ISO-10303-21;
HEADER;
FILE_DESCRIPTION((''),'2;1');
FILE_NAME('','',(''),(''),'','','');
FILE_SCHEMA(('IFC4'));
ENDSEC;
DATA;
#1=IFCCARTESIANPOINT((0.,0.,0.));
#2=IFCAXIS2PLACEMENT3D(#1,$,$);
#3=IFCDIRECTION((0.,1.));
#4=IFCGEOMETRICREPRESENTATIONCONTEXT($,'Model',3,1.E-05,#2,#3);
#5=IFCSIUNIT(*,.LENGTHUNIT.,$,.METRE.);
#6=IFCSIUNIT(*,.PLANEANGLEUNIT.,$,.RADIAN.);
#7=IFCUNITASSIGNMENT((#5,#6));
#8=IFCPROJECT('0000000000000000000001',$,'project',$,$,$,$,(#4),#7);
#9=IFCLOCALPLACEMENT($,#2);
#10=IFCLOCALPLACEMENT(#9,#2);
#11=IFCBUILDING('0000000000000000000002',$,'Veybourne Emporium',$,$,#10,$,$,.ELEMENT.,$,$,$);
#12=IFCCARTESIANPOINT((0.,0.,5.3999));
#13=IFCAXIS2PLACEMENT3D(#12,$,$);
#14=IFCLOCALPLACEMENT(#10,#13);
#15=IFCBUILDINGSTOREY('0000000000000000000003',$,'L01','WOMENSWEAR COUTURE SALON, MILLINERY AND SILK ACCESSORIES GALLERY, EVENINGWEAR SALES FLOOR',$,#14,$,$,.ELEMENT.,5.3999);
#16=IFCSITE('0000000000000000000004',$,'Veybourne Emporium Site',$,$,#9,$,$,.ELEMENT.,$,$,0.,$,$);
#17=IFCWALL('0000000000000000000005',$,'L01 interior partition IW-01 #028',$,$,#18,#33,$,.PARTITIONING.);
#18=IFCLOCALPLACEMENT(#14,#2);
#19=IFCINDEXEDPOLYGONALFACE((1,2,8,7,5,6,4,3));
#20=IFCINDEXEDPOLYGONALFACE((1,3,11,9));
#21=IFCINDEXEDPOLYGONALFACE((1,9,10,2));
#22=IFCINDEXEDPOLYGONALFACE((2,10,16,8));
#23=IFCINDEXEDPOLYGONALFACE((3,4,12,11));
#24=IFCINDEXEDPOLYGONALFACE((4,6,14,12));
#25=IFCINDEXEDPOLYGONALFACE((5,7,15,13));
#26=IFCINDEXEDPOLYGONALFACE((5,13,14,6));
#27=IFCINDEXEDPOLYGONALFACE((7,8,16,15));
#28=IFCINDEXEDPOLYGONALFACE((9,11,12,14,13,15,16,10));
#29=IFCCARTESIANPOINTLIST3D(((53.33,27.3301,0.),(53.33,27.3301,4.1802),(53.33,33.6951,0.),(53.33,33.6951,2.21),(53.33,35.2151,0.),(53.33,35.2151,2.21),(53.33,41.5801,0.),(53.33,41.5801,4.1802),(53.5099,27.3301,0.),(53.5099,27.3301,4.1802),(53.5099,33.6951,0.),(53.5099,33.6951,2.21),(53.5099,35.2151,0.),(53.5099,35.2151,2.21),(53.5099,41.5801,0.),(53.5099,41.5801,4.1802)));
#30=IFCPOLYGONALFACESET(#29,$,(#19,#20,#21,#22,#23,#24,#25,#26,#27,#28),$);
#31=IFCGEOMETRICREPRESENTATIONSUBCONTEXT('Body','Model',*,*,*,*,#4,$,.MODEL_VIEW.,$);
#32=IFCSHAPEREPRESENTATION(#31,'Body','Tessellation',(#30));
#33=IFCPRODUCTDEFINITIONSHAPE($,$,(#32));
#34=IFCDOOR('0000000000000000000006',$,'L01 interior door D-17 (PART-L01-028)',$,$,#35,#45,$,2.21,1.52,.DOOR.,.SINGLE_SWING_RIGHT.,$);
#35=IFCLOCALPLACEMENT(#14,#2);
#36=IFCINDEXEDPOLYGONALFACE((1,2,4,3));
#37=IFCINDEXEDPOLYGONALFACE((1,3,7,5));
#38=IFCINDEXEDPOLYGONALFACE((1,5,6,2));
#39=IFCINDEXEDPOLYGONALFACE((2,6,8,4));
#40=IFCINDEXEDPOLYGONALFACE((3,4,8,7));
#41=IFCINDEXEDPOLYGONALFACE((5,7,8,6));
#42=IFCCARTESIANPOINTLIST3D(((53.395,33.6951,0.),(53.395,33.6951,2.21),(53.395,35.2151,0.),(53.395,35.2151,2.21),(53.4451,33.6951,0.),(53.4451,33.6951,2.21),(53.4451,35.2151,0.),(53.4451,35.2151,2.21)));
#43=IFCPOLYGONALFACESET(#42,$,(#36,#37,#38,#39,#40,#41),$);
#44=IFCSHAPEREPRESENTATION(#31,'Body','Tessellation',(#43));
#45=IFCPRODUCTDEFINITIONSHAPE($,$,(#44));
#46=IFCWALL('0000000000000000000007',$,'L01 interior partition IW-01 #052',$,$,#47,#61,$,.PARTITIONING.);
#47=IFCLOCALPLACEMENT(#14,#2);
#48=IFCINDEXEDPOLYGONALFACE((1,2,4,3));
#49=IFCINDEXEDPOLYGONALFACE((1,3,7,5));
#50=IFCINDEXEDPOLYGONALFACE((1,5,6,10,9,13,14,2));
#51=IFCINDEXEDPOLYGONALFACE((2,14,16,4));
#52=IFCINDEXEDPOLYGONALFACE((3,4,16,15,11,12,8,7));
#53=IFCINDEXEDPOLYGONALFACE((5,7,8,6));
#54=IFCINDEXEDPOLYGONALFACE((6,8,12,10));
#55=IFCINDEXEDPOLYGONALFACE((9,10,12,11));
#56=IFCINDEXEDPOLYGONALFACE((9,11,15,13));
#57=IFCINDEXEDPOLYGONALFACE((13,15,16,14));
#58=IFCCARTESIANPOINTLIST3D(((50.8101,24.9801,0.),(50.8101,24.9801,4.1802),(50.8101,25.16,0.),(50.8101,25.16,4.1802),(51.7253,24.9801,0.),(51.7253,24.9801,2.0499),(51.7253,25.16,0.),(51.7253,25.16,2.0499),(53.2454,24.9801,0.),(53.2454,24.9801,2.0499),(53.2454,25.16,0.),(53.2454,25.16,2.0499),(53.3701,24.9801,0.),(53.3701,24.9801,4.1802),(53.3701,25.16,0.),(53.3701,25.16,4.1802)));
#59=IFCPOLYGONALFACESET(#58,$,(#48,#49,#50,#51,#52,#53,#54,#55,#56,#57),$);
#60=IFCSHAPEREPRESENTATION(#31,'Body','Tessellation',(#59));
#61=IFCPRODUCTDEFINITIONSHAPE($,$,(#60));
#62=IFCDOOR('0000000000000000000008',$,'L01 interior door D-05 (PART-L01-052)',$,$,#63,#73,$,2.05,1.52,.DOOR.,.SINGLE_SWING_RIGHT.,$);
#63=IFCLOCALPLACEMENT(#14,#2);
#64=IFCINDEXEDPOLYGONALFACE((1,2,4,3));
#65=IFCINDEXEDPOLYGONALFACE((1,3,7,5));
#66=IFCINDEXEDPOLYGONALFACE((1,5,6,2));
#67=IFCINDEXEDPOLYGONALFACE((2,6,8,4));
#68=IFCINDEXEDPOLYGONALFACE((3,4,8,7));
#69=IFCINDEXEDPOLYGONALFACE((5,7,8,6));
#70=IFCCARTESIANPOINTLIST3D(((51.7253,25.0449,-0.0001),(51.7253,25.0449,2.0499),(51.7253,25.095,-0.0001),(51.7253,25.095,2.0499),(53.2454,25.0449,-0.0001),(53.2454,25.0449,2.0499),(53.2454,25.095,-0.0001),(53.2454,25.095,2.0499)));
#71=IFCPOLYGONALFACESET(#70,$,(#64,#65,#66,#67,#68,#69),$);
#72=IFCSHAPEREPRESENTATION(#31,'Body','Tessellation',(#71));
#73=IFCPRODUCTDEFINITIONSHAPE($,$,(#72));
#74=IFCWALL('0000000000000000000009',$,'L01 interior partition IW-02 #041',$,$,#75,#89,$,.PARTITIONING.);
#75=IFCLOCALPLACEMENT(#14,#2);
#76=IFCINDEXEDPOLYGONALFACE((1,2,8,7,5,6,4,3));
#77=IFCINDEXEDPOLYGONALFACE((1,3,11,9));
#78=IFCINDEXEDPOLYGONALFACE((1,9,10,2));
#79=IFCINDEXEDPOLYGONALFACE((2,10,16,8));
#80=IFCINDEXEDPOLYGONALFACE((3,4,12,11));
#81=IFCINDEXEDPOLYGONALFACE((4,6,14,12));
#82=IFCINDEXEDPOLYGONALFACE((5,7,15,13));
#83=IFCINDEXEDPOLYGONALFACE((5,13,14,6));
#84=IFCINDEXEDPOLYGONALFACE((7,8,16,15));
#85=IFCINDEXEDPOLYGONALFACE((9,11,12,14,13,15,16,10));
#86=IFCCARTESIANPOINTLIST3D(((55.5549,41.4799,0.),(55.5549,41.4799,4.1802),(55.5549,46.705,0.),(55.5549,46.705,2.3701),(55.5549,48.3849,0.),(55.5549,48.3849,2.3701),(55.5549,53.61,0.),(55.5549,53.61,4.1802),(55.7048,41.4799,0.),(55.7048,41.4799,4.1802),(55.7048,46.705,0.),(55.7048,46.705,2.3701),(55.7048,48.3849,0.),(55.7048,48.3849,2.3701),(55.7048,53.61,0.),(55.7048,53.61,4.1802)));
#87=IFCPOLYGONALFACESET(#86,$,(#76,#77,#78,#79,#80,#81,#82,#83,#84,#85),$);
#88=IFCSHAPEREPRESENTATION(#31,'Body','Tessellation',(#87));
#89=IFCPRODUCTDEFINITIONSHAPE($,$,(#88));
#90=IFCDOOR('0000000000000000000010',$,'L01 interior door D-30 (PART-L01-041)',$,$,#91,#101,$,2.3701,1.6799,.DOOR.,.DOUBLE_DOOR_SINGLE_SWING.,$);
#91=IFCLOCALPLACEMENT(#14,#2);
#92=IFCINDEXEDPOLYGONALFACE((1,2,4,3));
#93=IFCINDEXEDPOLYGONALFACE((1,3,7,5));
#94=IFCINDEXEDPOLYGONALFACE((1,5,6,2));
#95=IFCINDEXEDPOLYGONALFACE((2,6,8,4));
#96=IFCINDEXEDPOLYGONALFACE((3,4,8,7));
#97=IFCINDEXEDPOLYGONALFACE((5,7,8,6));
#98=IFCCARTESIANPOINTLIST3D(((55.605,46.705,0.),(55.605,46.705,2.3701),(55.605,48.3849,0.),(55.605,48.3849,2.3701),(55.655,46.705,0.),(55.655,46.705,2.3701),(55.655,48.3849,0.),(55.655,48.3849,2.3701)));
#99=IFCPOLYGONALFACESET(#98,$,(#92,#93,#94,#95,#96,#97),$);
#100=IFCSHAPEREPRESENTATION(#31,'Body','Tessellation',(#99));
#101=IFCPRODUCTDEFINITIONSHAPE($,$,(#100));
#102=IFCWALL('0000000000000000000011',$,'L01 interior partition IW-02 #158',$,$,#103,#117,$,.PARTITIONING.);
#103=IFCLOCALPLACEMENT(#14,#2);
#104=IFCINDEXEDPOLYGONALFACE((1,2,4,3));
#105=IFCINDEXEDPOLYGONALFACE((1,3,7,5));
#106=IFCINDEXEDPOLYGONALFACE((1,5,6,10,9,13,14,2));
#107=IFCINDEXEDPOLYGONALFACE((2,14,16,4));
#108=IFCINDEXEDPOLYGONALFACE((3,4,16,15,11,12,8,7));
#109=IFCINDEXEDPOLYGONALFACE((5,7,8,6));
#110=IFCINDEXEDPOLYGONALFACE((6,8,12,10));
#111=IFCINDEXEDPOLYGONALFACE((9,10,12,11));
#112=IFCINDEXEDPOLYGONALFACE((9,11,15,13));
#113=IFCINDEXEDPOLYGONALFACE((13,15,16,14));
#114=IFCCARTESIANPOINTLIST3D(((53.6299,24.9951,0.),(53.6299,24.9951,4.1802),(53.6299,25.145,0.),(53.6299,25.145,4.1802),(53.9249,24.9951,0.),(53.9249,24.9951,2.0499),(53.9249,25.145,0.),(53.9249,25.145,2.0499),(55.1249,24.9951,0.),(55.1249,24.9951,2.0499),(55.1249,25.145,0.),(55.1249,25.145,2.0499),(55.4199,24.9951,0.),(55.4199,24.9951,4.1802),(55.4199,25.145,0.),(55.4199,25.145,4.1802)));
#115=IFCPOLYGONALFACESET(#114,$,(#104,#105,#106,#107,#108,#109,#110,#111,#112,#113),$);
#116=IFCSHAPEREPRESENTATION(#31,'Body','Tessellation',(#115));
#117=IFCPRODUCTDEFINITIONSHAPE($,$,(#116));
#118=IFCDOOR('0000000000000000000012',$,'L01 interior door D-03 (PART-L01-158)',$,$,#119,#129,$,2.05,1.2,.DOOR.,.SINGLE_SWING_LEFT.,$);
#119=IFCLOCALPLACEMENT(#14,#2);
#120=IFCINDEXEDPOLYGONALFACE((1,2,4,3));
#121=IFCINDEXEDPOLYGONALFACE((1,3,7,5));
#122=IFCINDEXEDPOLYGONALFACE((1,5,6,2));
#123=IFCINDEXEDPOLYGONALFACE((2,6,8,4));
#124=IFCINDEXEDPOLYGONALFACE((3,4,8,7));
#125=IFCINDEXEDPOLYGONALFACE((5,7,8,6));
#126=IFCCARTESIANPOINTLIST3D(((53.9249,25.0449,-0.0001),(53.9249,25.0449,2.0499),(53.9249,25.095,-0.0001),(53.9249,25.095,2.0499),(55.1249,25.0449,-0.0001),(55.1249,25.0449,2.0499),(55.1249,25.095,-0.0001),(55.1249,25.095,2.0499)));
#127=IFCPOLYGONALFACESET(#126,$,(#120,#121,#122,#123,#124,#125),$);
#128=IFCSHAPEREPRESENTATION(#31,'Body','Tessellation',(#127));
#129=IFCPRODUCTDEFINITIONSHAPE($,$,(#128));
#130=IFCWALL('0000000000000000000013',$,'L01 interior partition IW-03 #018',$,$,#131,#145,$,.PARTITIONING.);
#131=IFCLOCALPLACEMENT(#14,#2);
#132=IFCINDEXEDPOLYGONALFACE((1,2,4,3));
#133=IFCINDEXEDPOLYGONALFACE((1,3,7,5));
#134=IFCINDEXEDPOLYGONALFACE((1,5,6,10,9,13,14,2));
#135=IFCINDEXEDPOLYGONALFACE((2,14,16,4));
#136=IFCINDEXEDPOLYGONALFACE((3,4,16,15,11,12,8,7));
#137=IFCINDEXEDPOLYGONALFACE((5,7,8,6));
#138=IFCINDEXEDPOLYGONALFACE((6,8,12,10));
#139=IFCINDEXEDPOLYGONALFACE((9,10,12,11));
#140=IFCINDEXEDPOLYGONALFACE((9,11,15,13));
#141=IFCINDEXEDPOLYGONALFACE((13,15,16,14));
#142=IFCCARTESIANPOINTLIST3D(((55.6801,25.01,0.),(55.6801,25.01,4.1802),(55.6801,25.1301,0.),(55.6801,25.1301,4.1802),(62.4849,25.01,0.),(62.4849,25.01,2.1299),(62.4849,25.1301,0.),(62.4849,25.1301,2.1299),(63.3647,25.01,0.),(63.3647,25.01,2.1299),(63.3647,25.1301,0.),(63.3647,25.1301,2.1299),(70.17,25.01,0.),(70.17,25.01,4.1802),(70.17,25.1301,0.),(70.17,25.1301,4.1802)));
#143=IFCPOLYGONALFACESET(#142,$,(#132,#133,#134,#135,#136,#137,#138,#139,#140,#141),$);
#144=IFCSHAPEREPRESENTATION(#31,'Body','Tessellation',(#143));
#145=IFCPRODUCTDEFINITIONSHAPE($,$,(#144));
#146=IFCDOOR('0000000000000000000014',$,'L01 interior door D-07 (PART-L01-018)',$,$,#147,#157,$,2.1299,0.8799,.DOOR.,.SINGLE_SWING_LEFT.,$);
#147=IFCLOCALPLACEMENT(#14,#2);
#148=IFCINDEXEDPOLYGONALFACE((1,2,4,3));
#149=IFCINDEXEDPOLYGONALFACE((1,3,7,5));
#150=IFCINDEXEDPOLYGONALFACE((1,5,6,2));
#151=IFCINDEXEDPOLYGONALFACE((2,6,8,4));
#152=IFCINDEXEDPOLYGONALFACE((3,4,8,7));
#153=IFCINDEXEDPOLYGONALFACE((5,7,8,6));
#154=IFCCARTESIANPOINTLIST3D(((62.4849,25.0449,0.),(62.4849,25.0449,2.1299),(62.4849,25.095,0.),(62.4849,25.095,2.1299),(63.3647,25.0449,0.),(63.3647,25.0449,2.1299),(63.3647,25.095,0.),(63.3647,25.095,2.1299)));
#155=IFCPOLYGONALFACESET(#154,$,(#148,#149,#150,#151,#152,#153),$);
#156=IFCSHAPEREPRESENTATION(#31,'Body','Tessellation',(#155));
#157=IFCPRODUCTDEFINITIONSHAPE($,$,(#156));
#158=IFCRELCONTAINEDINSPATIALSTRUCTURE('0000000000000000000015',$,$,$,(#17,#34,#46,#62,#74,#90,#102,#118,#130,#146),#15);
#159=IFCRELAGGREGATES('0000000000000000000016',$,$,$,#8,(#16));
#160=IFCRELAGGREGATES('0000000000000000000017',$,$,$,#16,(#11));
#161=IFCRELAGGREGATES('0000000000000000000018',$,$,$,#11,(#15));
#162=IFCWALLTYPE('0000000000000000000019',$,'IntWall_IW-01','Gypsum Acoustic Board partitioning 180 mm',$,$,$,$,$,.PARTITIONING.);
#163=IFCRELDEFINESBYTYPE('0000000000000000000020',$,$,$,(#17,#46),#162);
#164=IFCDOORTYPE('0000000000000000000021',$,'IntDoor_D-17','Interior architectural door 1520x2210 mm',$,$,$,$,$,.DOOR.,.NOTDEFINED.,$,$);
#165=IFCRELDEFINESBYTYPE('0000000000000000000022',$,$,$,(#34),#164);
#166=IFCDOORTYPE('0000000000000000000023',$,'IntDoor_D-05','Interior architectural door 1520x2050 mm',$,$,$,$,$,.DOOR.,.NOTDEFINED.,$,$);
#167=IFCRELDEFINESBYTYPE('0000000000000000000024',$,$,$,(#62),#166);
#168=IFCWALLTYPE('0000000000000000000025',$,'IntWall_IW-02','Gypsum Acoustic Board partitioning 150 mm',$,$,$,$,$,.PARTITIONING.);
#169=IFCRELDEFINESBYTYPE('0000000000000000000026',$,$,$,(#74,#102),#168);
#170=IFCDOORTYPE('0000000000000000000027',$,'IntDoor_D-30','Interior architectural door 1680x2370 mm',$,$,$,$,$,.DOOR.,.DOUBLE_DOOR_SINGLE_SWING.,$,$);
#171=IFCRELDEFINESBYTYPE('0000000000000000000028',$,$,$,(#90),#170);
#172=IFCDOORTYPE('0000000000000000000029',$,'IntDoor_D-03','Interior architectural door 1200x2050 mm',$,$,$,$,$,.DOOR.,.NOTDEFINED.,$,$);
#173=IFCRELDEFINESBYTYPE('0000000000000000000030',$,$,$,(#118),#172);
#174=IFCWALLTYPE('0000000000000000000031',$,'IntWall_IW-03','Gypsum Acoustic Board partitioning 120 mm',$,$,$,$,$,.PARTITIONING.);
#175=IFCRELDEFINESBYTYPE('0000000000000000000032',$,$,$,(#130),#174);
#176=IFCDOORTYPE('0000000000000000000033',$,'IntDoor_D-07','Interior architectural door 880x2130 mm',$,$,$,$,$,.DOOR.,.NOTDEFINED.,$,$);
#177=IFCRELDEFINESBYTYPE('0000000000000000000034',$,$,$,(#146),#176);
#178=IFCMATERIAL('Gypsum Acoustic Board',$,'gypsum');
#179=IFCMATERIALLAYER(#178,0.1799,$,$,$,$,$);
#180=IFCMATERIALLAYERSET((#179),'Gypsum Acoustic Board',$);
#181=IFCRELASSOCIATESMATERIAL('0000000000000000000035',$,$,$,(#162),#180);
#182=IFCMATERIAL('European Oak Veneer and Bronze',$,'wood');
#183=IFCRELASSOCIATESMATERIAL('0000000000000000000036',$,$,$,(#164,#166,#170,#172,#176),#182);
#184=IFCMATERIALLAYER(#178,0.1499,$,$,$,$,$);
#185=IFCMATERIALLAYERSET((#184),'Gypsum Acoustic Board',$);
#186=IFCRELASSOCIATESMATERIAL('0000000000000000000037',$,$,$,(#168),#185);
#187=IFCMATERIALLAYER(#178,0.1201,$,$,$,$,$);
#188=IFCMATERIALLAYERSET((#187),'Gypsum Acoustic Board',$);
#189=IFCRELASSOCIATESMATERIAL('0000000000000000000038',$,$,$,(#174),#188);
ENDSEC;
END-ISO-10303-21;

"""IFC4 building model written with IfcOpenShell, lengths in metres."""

from ifc_helpers import new_model, si_unit, direction, frame, frame_2d, origin, place, context, subcontext, project, spatial, rectangle, extrude, material, layer, layer_set, type_object, element, fill, save


model = new_model("IFC4")

# Units and contexts
model_context = context("Model", 3, precision=1e-05, world=origin(), true_north=direction((0.0, 1.0)))
body_context = subcontext(model_context, "Body", "Model", "MODEL_VIEW")
ifc_project = project(units=[si_unit("LENGTHUNIT", "METRE"), si_unit("PLANEANGLEUNIT", "RADIAN")], contexts=[model_context])

# Site, building, storey
site_placement = place(None, origin())
site = spatial("IfcSite", under=ifc_project, at=site_placement, Name="Veybourne Emporium Site", CompositionType="ELEMENT", RefElevation=0.0)
building_placement = place(site_placement, origin())
building = spatial("IfcBuilding", under=site, at=building_placement, Name="Veybourne Emporium", CompositionType="ELEMENT")
storey_placement = place(building_placement, frame((0.0, 0.0, 5.3999)))
storey = spatial("IfcBuildingStorey", under=building, at=storey_placement, Name="L01", Description="WOMENSWEAR COUTURE SALON, MILLINERY AND SILK ACCESSORIES GALLERY, EVENINGWEAR SALES FLOOR", CompositionType="ELEMENT", Elevation=5.3999)

# Walls, openings, doors
ifc_material_1 = material(Name="Gypsum Acoustic Board", Category="gypsum")
ifc_layer_1 = layer(ifc_material_1, 0.1799)
ifc_layer_set_1 = layer_set([ifc_layer_1], Name="Gypsum Acoustic Board")
wall_type_1 = type_object("IfcWallType", Name="IntWall_IW-01", Description="Gypsum Acoustic Board partitioning 180 mm", PredefinedType="PARTITIONING", material=ifc_layer_set_1)
wall_1_placement = place(storey_placement, frame((53.4199, 27.3301, 0.0), z_axis=(0.0, 0.0, 1.0), x_axis=(0.0, 1.0, 0.0)))
wall_1 = element("IfcWall", 1, at=wall_1_placement, inside=storey, type_object=wall_type_1, Name="L01 interior partition IW-01 #028", PredefinedType="PARTITIONING", context=body_context, shape_type="SweptSolid", body=[
    extrude(rectangle(XDim=14.25, YDim=0.1799, at=frame_2d((7.125, 0.0))), origin(), (0.0, 0.0, 1.0), 4.1802),
])
opening_1_placement = place(wall_1_placement, frame((6.365, 0.0, 0.0)))
opening_1 = element("IfcOpeningElement", 2, at=opening_1_placement, cuts=wall_1, PredefinedType="OPENING", context=body_context, shape_type="SweptSolid", body=[
    extrude(rectangle(XDim=1.52, YDim=2.21, at=frame_2d((0.76, 1.105))), frame((0.0, 0.1099, 0.0), z_axis=(0.0, -1.0, 0.0), x_axis=(1.0, 0.0, 0.0)), (0.0, 0.0, 1.0), 0.22),
])
ifc_material_2 = material(Name="European Oak Veneer and Bronze", Category="wood")
door_type_1 = type_object("IfcDoorType", Name="IntDoor_D-17", Description="Interior architectural door 1520x2210 mm", OperationType="NOTDEFINED", PredefinedType="DOOR", material=ifc_material_2)
door_1_placement = place(opening_1_placement, origin())
door_1 = element("IfcDoor", 3, at=door_1_placement, inside=storey, type_object=door_type_1, Name="L01 interior door D-17 (PART-L01-028)", OperationType="SINGLE_SWING_RIGHT", OverallHeight=2.21, OverallWidth=1.52, PredefinedType="DOOR", context=body_context, shape_type="SweptSolid", body=[
    extrude(rectangle(XDim=1.52, YDim=2.21, at=frame_2d((0.76, 1.105))), frame((0.0, 0.0249, 0.0), z_axis=(0.0, -1.0, 0.0), x_axis=(1.0, 0.0, 0.0)), (0.0, 0.0, 1.0), 0.05),
])
fill(opening_1, door_1)
wall_2_placement = place(storey_placement, frame((50.8101, 25.0701, 0.0), z_axis=(0.0, 0.0, 1.0), x_axis=(1.0, 0.0, 0.0)))
wall_2 = element("IfcWall", 4, at=wall_2_placement, inside=storey, type_object=wall_type_1, Name="L01 interior partition IW-01 #052", PredefinedType="PARTITIONING", context=body_context, shape_type="SweptSolid", body=[
    extrude(rectangle(XDim=2.5601, YDim=0.1799, at=frame_2d((1.28, 0.0))), origin(), (0.0, 0.0, 1.0), 4.1802),
])
opening_2_placement = place(wall_2_placement, frame((0.9153, 0.0, 0.0)))
opening_2 = element("IfcOpeningElement", 5, at=opening_2_placement, cuts=wall_2, PredefinedType="OPENING", context=body_context, shape_type="SweptSolid", body=[
    extrude(rectangle(XDim=1.52, YDim=2.05, at=frame_2d((0.76, 1.0249))), frame((0.0, 0.1099, 0.0), z_axis=(0.0, -1.0, 0.0), x_axis=(1.0, 0.0, 0.0)), (0.0, 0.0, 1.0), 0.22),
])
door_type_2 = type_object("IfcDoorType", Name="IntDoor_D-05", Description="Interior architectural door 1520x2050 mm", OperationType="NOTDEFINED", PredefinedType="DOOR", material=ifc_material_2)
door_2_placement = place(opening_2_placement, origin())
door_2 = element("IfcDoor", 6, at=door_2_placement, inside=storey, type_object=door_type_2, Name="L01 interior door D-05 (PART-L01-052)", OperationType="SINGLE_SWING_RIGHT", OverallHeight=2.05, OverallWidth=1.52, PredefinedType="DOOR", context=body_context, shape_type="SweptSolid", body=[
    extrude(rectangle(XDim=1.52, YDim=2.05, at=frame_2d((0.76, 1.0249))), frame((0.0, 0.0249, 0.0), z_axis=(0.0, -1.0, 0.0), x_axis=(1.0, 0.0, 0.0)), (0.0, 0.0, 1.0), 0.05),
])
fill(opening_2, door_2)
ifc_layer_2 = layer(ifc_material_1, 0.1499)
ifc_layer_set_2 = layer_set([ifc_layer_2], Name="Gypsum Acoustic Board")
wall_type_2 = type_object("IfcWallType", Name="IntWall_IW-02", Description="Gypsum Acoustic Board partitioning 150 mm", PredefinedType="PARTITIONING", material=ifc_layer_set_2)
wall_3_placement = place(storey_placement, frame((55.6299, 41.48, 0.0), z_axis=(0.0, 0.0, 1.0), x_axis=(0.0, 1.0, 0.0)))
wall_3 = element("IfcWall", 7, at=wall_3_placement, inside=storey, type_object=wall_type_2, Name="L01 interior partition IW-02 #041", PredefinedType="PARTITIONING", context=body_context, shape_type="SweptSolid", body=[
    extrude(rectangle(XDim=12.1301, YDim=0.1499, at=frame_2d((6.0649, 0.0))), origin(), (0.0, 0.0, 1.0), 4.1802),
])
opening_3_placement = place(wall_3_placement, frame((5.2251, 0.0, 0.0)))
opening_3 = element("IfcOpeningElement", 8, at=opening_3_placement, cuts=wall_3, PredefinedType="OPENING", context=body_context, shape_type="SweptSolid", body=[
    extrude(rectangle(XDim=1.6799, YDim=2.3701, at=frame_2d((0.8398, 1.1851))), frame((0.0, 0.095, 0.0), z_axis=(0.0, -1.0, 0.0), x_axis=(1.0, 0.0, 0.0)), (0.0, 0.0, 1.0), 0.1899),
])
door_type_3 = type_object("IfcDoorType", Name="IntDoor_D-30", Description="Interior architectural door 1680x2370 mm", OperationType="DOUBLE_DOOR_SINGLE_SWING", PredefinedType="DOOR", material=ifc_material_2)
door_3_placement = place(opening_3_placement, origin())
door_3 = element("IfcDoor", 9, at=door_3_placement, inside=storey, type_object=door_type_3, Name="L01 interior door D-30 (PART-L01-041)", OperationType="DOUBLE_DOOR_SINGLE_SWING", OverallHeight=2.3701, OverallWidth=1.6799, PredefinedType="DOOR", context=body_context, shape_type="SweptSolid", body=[
    extrude(rectangle(XDim=1.6799, YDim=2.3701, at=frame_2d((0.8398, 1.1851))), frame((0.0, 0.0249, 0.0), z_axis=(0.0, -1.0, 0.0), x_axis=(1.0, 0.0, 0.0)), (0.0, 0.0, 1.0), 0.05),
])
fill(opening_3, door_3)
wall_4_placement = place(storey_placement, frame((53.6299, 25.0701, 0.0), z_axis=(0.0, 0.0, 1.0), x_axis=(1.0, 0.0, 0.0)))
wall_4 = element("IfcWall", 10, at=wall_4_placement, inside=storey, type_object=wall_type_2, Name="L01 interior partition IW-02 #158", PredefinedType="PARTITIONING", context=body_context, shape_type="SweptSolid", body=[
    extrude(rectangle(XDim=1.79, YDim=0.1499, at=frame_2d((0.895, 0.0))), origin(), (0.0, 0.0, 1.0), 4.1802),
])
opening_4_placement = place(wall_4_placement, frame((0.2949, 0.0, 0.0)))
opening_4 = element("IfcOpeningElement", 11, at=opening_4_placement, cuts=wall_4, PredefinedType="OPENING", context=body_context, shape_type="SweptSolid", body=[
    extrude(rectangle(XDim=1.2, YDim=2.05, at=frame_2d((0.6001, 1.0249))), frame((0.0, 0.095, 0.0), z_axis=(0.0, -1.0, 0.0), x_axis=(1.0, 0.0, 0.0)), (0.0, 0.0, 1.0), 0.1899),
])
door_type_4 = type_object("IfcDoorType", Name="IntDoor_D-03", Description="Interior architectural door 1200x2050 mm", OperationType="NOTDEFINED", PredefinedType="DOOR", material=ifc_material_2)
door_4_placement = place(opening_4_placement, origin())
door_4 = element("IfcDoor", 12, at=door_4_placement, inside=storey, type_object=door_type_4, Name="L01 interior door D-03 (PART-L01-158)", OperationType="SINGLE_SWING_LEFT", OverallHeight=2.05, OverallWidth=1.2, PredefinedType="DOOR", context=body_context, shape_type="SweptSolid", body=[
    extrude(rectangle(XDim=1.2, YDim=2.05, at=frame_2d((0.6001, 1.0249))), frame((0.0, 0.0249, 0.0), z_axis=(0.0, -1.0, 0.0), x_axis=(1.0, 0.0, 0.0)), (0.0, 0.0, 1.0), 0.05),
])
fill(opening_4, door_4)
ifc_layer_3 = layer(ifc_material_1, 0.1201)
ifc_layer_set_3 = layer_set([ifc_layer_3], Name="Gypsum Acoustic Board")
wall_type_3 = type_object("IfcWallType", Name="IntWall_IW-03", Description="Gypsum Acoustic Board partitioning 120 mm", PredefinedType="PARTITIONING", material=ifc_layer_set_3)
wall_5_placement = place(storey_placement, frame((55.6799, 25.0701, 0.0), z_axis=(0.0, 0.0, 1.0), x_axis=(1.0, 0.0, 0.0)))
wall_5 = element("IfcWall", 13, at=wall_5_placement, inside=storey, type_object=wall_type_3, Name="L01 interior partition IW-03 #018", PredefinedType="PARTITIONING", context=body_context, shape_type="SweptSolid", body=[
    extrude(rectangle(XDim=14.49, YDim=0.1201, at=frame_2d((7.2451, 0.0))), origin(), (0.0, 0.0, 1.0), 4.1802),
])
opening_5_placement = place(wall_5_placement, frame((6.8049, 0.0, 0.0)))
opening_5 = element("IfcOpeningElement", 14, at=opening_5_placement, cuts=wall_5, PredefinedType="OPENING", context=body_context, shape_type="SweptSolid", body=[
    extrude(rectangle(XDim=0.8799, YDim=2.1299, at=frame_2d((0.4399, 1.0649))), frame((0.0, 0.0801, 0.0), z_axis=(0.0, -1.0, 0.0), x_axis=(1.0, 0.0, 0.0)), (0.0, 0.0, 1.0), 0.1602),
])
door_type_5 = type_object("IfcDoorType", Name="IntDoor_D-07", Description="Interior architectural door 880x2130 mm", OperationType="NOTDEFINED", PredefinedType="DOOR", material=ifc_material_2)
door_5_placement = place(opening_5_placement, origin())
door_5 = element("IfcDoor", 15, at=door_5_placement, inside=storey, type_object=door_type_5, Name="L01 interior door D-07 (PART-L01-018)", OperationType="SINGLE_SWING_LEFT", OverallHeight=2.1299, OverallWidth=0.8799, PredefinedType="DOOR", context=body_context, shape_type="SweptSolid", body=[
    extrude(rectangle(XDim=0.8799, YDim=2.1299, at=frame_2d((0.4399, 1.0649))), frame((0.0, 0.0249, 0.0), z_axis=(0.0, -1.0, 0.0), x_axis=(1.0, 0.0, 0.0)), (0.0, 0.0, 1.0), 0.05),
])
fill(opening_5, door_5)

save(model, "model.ifc")
